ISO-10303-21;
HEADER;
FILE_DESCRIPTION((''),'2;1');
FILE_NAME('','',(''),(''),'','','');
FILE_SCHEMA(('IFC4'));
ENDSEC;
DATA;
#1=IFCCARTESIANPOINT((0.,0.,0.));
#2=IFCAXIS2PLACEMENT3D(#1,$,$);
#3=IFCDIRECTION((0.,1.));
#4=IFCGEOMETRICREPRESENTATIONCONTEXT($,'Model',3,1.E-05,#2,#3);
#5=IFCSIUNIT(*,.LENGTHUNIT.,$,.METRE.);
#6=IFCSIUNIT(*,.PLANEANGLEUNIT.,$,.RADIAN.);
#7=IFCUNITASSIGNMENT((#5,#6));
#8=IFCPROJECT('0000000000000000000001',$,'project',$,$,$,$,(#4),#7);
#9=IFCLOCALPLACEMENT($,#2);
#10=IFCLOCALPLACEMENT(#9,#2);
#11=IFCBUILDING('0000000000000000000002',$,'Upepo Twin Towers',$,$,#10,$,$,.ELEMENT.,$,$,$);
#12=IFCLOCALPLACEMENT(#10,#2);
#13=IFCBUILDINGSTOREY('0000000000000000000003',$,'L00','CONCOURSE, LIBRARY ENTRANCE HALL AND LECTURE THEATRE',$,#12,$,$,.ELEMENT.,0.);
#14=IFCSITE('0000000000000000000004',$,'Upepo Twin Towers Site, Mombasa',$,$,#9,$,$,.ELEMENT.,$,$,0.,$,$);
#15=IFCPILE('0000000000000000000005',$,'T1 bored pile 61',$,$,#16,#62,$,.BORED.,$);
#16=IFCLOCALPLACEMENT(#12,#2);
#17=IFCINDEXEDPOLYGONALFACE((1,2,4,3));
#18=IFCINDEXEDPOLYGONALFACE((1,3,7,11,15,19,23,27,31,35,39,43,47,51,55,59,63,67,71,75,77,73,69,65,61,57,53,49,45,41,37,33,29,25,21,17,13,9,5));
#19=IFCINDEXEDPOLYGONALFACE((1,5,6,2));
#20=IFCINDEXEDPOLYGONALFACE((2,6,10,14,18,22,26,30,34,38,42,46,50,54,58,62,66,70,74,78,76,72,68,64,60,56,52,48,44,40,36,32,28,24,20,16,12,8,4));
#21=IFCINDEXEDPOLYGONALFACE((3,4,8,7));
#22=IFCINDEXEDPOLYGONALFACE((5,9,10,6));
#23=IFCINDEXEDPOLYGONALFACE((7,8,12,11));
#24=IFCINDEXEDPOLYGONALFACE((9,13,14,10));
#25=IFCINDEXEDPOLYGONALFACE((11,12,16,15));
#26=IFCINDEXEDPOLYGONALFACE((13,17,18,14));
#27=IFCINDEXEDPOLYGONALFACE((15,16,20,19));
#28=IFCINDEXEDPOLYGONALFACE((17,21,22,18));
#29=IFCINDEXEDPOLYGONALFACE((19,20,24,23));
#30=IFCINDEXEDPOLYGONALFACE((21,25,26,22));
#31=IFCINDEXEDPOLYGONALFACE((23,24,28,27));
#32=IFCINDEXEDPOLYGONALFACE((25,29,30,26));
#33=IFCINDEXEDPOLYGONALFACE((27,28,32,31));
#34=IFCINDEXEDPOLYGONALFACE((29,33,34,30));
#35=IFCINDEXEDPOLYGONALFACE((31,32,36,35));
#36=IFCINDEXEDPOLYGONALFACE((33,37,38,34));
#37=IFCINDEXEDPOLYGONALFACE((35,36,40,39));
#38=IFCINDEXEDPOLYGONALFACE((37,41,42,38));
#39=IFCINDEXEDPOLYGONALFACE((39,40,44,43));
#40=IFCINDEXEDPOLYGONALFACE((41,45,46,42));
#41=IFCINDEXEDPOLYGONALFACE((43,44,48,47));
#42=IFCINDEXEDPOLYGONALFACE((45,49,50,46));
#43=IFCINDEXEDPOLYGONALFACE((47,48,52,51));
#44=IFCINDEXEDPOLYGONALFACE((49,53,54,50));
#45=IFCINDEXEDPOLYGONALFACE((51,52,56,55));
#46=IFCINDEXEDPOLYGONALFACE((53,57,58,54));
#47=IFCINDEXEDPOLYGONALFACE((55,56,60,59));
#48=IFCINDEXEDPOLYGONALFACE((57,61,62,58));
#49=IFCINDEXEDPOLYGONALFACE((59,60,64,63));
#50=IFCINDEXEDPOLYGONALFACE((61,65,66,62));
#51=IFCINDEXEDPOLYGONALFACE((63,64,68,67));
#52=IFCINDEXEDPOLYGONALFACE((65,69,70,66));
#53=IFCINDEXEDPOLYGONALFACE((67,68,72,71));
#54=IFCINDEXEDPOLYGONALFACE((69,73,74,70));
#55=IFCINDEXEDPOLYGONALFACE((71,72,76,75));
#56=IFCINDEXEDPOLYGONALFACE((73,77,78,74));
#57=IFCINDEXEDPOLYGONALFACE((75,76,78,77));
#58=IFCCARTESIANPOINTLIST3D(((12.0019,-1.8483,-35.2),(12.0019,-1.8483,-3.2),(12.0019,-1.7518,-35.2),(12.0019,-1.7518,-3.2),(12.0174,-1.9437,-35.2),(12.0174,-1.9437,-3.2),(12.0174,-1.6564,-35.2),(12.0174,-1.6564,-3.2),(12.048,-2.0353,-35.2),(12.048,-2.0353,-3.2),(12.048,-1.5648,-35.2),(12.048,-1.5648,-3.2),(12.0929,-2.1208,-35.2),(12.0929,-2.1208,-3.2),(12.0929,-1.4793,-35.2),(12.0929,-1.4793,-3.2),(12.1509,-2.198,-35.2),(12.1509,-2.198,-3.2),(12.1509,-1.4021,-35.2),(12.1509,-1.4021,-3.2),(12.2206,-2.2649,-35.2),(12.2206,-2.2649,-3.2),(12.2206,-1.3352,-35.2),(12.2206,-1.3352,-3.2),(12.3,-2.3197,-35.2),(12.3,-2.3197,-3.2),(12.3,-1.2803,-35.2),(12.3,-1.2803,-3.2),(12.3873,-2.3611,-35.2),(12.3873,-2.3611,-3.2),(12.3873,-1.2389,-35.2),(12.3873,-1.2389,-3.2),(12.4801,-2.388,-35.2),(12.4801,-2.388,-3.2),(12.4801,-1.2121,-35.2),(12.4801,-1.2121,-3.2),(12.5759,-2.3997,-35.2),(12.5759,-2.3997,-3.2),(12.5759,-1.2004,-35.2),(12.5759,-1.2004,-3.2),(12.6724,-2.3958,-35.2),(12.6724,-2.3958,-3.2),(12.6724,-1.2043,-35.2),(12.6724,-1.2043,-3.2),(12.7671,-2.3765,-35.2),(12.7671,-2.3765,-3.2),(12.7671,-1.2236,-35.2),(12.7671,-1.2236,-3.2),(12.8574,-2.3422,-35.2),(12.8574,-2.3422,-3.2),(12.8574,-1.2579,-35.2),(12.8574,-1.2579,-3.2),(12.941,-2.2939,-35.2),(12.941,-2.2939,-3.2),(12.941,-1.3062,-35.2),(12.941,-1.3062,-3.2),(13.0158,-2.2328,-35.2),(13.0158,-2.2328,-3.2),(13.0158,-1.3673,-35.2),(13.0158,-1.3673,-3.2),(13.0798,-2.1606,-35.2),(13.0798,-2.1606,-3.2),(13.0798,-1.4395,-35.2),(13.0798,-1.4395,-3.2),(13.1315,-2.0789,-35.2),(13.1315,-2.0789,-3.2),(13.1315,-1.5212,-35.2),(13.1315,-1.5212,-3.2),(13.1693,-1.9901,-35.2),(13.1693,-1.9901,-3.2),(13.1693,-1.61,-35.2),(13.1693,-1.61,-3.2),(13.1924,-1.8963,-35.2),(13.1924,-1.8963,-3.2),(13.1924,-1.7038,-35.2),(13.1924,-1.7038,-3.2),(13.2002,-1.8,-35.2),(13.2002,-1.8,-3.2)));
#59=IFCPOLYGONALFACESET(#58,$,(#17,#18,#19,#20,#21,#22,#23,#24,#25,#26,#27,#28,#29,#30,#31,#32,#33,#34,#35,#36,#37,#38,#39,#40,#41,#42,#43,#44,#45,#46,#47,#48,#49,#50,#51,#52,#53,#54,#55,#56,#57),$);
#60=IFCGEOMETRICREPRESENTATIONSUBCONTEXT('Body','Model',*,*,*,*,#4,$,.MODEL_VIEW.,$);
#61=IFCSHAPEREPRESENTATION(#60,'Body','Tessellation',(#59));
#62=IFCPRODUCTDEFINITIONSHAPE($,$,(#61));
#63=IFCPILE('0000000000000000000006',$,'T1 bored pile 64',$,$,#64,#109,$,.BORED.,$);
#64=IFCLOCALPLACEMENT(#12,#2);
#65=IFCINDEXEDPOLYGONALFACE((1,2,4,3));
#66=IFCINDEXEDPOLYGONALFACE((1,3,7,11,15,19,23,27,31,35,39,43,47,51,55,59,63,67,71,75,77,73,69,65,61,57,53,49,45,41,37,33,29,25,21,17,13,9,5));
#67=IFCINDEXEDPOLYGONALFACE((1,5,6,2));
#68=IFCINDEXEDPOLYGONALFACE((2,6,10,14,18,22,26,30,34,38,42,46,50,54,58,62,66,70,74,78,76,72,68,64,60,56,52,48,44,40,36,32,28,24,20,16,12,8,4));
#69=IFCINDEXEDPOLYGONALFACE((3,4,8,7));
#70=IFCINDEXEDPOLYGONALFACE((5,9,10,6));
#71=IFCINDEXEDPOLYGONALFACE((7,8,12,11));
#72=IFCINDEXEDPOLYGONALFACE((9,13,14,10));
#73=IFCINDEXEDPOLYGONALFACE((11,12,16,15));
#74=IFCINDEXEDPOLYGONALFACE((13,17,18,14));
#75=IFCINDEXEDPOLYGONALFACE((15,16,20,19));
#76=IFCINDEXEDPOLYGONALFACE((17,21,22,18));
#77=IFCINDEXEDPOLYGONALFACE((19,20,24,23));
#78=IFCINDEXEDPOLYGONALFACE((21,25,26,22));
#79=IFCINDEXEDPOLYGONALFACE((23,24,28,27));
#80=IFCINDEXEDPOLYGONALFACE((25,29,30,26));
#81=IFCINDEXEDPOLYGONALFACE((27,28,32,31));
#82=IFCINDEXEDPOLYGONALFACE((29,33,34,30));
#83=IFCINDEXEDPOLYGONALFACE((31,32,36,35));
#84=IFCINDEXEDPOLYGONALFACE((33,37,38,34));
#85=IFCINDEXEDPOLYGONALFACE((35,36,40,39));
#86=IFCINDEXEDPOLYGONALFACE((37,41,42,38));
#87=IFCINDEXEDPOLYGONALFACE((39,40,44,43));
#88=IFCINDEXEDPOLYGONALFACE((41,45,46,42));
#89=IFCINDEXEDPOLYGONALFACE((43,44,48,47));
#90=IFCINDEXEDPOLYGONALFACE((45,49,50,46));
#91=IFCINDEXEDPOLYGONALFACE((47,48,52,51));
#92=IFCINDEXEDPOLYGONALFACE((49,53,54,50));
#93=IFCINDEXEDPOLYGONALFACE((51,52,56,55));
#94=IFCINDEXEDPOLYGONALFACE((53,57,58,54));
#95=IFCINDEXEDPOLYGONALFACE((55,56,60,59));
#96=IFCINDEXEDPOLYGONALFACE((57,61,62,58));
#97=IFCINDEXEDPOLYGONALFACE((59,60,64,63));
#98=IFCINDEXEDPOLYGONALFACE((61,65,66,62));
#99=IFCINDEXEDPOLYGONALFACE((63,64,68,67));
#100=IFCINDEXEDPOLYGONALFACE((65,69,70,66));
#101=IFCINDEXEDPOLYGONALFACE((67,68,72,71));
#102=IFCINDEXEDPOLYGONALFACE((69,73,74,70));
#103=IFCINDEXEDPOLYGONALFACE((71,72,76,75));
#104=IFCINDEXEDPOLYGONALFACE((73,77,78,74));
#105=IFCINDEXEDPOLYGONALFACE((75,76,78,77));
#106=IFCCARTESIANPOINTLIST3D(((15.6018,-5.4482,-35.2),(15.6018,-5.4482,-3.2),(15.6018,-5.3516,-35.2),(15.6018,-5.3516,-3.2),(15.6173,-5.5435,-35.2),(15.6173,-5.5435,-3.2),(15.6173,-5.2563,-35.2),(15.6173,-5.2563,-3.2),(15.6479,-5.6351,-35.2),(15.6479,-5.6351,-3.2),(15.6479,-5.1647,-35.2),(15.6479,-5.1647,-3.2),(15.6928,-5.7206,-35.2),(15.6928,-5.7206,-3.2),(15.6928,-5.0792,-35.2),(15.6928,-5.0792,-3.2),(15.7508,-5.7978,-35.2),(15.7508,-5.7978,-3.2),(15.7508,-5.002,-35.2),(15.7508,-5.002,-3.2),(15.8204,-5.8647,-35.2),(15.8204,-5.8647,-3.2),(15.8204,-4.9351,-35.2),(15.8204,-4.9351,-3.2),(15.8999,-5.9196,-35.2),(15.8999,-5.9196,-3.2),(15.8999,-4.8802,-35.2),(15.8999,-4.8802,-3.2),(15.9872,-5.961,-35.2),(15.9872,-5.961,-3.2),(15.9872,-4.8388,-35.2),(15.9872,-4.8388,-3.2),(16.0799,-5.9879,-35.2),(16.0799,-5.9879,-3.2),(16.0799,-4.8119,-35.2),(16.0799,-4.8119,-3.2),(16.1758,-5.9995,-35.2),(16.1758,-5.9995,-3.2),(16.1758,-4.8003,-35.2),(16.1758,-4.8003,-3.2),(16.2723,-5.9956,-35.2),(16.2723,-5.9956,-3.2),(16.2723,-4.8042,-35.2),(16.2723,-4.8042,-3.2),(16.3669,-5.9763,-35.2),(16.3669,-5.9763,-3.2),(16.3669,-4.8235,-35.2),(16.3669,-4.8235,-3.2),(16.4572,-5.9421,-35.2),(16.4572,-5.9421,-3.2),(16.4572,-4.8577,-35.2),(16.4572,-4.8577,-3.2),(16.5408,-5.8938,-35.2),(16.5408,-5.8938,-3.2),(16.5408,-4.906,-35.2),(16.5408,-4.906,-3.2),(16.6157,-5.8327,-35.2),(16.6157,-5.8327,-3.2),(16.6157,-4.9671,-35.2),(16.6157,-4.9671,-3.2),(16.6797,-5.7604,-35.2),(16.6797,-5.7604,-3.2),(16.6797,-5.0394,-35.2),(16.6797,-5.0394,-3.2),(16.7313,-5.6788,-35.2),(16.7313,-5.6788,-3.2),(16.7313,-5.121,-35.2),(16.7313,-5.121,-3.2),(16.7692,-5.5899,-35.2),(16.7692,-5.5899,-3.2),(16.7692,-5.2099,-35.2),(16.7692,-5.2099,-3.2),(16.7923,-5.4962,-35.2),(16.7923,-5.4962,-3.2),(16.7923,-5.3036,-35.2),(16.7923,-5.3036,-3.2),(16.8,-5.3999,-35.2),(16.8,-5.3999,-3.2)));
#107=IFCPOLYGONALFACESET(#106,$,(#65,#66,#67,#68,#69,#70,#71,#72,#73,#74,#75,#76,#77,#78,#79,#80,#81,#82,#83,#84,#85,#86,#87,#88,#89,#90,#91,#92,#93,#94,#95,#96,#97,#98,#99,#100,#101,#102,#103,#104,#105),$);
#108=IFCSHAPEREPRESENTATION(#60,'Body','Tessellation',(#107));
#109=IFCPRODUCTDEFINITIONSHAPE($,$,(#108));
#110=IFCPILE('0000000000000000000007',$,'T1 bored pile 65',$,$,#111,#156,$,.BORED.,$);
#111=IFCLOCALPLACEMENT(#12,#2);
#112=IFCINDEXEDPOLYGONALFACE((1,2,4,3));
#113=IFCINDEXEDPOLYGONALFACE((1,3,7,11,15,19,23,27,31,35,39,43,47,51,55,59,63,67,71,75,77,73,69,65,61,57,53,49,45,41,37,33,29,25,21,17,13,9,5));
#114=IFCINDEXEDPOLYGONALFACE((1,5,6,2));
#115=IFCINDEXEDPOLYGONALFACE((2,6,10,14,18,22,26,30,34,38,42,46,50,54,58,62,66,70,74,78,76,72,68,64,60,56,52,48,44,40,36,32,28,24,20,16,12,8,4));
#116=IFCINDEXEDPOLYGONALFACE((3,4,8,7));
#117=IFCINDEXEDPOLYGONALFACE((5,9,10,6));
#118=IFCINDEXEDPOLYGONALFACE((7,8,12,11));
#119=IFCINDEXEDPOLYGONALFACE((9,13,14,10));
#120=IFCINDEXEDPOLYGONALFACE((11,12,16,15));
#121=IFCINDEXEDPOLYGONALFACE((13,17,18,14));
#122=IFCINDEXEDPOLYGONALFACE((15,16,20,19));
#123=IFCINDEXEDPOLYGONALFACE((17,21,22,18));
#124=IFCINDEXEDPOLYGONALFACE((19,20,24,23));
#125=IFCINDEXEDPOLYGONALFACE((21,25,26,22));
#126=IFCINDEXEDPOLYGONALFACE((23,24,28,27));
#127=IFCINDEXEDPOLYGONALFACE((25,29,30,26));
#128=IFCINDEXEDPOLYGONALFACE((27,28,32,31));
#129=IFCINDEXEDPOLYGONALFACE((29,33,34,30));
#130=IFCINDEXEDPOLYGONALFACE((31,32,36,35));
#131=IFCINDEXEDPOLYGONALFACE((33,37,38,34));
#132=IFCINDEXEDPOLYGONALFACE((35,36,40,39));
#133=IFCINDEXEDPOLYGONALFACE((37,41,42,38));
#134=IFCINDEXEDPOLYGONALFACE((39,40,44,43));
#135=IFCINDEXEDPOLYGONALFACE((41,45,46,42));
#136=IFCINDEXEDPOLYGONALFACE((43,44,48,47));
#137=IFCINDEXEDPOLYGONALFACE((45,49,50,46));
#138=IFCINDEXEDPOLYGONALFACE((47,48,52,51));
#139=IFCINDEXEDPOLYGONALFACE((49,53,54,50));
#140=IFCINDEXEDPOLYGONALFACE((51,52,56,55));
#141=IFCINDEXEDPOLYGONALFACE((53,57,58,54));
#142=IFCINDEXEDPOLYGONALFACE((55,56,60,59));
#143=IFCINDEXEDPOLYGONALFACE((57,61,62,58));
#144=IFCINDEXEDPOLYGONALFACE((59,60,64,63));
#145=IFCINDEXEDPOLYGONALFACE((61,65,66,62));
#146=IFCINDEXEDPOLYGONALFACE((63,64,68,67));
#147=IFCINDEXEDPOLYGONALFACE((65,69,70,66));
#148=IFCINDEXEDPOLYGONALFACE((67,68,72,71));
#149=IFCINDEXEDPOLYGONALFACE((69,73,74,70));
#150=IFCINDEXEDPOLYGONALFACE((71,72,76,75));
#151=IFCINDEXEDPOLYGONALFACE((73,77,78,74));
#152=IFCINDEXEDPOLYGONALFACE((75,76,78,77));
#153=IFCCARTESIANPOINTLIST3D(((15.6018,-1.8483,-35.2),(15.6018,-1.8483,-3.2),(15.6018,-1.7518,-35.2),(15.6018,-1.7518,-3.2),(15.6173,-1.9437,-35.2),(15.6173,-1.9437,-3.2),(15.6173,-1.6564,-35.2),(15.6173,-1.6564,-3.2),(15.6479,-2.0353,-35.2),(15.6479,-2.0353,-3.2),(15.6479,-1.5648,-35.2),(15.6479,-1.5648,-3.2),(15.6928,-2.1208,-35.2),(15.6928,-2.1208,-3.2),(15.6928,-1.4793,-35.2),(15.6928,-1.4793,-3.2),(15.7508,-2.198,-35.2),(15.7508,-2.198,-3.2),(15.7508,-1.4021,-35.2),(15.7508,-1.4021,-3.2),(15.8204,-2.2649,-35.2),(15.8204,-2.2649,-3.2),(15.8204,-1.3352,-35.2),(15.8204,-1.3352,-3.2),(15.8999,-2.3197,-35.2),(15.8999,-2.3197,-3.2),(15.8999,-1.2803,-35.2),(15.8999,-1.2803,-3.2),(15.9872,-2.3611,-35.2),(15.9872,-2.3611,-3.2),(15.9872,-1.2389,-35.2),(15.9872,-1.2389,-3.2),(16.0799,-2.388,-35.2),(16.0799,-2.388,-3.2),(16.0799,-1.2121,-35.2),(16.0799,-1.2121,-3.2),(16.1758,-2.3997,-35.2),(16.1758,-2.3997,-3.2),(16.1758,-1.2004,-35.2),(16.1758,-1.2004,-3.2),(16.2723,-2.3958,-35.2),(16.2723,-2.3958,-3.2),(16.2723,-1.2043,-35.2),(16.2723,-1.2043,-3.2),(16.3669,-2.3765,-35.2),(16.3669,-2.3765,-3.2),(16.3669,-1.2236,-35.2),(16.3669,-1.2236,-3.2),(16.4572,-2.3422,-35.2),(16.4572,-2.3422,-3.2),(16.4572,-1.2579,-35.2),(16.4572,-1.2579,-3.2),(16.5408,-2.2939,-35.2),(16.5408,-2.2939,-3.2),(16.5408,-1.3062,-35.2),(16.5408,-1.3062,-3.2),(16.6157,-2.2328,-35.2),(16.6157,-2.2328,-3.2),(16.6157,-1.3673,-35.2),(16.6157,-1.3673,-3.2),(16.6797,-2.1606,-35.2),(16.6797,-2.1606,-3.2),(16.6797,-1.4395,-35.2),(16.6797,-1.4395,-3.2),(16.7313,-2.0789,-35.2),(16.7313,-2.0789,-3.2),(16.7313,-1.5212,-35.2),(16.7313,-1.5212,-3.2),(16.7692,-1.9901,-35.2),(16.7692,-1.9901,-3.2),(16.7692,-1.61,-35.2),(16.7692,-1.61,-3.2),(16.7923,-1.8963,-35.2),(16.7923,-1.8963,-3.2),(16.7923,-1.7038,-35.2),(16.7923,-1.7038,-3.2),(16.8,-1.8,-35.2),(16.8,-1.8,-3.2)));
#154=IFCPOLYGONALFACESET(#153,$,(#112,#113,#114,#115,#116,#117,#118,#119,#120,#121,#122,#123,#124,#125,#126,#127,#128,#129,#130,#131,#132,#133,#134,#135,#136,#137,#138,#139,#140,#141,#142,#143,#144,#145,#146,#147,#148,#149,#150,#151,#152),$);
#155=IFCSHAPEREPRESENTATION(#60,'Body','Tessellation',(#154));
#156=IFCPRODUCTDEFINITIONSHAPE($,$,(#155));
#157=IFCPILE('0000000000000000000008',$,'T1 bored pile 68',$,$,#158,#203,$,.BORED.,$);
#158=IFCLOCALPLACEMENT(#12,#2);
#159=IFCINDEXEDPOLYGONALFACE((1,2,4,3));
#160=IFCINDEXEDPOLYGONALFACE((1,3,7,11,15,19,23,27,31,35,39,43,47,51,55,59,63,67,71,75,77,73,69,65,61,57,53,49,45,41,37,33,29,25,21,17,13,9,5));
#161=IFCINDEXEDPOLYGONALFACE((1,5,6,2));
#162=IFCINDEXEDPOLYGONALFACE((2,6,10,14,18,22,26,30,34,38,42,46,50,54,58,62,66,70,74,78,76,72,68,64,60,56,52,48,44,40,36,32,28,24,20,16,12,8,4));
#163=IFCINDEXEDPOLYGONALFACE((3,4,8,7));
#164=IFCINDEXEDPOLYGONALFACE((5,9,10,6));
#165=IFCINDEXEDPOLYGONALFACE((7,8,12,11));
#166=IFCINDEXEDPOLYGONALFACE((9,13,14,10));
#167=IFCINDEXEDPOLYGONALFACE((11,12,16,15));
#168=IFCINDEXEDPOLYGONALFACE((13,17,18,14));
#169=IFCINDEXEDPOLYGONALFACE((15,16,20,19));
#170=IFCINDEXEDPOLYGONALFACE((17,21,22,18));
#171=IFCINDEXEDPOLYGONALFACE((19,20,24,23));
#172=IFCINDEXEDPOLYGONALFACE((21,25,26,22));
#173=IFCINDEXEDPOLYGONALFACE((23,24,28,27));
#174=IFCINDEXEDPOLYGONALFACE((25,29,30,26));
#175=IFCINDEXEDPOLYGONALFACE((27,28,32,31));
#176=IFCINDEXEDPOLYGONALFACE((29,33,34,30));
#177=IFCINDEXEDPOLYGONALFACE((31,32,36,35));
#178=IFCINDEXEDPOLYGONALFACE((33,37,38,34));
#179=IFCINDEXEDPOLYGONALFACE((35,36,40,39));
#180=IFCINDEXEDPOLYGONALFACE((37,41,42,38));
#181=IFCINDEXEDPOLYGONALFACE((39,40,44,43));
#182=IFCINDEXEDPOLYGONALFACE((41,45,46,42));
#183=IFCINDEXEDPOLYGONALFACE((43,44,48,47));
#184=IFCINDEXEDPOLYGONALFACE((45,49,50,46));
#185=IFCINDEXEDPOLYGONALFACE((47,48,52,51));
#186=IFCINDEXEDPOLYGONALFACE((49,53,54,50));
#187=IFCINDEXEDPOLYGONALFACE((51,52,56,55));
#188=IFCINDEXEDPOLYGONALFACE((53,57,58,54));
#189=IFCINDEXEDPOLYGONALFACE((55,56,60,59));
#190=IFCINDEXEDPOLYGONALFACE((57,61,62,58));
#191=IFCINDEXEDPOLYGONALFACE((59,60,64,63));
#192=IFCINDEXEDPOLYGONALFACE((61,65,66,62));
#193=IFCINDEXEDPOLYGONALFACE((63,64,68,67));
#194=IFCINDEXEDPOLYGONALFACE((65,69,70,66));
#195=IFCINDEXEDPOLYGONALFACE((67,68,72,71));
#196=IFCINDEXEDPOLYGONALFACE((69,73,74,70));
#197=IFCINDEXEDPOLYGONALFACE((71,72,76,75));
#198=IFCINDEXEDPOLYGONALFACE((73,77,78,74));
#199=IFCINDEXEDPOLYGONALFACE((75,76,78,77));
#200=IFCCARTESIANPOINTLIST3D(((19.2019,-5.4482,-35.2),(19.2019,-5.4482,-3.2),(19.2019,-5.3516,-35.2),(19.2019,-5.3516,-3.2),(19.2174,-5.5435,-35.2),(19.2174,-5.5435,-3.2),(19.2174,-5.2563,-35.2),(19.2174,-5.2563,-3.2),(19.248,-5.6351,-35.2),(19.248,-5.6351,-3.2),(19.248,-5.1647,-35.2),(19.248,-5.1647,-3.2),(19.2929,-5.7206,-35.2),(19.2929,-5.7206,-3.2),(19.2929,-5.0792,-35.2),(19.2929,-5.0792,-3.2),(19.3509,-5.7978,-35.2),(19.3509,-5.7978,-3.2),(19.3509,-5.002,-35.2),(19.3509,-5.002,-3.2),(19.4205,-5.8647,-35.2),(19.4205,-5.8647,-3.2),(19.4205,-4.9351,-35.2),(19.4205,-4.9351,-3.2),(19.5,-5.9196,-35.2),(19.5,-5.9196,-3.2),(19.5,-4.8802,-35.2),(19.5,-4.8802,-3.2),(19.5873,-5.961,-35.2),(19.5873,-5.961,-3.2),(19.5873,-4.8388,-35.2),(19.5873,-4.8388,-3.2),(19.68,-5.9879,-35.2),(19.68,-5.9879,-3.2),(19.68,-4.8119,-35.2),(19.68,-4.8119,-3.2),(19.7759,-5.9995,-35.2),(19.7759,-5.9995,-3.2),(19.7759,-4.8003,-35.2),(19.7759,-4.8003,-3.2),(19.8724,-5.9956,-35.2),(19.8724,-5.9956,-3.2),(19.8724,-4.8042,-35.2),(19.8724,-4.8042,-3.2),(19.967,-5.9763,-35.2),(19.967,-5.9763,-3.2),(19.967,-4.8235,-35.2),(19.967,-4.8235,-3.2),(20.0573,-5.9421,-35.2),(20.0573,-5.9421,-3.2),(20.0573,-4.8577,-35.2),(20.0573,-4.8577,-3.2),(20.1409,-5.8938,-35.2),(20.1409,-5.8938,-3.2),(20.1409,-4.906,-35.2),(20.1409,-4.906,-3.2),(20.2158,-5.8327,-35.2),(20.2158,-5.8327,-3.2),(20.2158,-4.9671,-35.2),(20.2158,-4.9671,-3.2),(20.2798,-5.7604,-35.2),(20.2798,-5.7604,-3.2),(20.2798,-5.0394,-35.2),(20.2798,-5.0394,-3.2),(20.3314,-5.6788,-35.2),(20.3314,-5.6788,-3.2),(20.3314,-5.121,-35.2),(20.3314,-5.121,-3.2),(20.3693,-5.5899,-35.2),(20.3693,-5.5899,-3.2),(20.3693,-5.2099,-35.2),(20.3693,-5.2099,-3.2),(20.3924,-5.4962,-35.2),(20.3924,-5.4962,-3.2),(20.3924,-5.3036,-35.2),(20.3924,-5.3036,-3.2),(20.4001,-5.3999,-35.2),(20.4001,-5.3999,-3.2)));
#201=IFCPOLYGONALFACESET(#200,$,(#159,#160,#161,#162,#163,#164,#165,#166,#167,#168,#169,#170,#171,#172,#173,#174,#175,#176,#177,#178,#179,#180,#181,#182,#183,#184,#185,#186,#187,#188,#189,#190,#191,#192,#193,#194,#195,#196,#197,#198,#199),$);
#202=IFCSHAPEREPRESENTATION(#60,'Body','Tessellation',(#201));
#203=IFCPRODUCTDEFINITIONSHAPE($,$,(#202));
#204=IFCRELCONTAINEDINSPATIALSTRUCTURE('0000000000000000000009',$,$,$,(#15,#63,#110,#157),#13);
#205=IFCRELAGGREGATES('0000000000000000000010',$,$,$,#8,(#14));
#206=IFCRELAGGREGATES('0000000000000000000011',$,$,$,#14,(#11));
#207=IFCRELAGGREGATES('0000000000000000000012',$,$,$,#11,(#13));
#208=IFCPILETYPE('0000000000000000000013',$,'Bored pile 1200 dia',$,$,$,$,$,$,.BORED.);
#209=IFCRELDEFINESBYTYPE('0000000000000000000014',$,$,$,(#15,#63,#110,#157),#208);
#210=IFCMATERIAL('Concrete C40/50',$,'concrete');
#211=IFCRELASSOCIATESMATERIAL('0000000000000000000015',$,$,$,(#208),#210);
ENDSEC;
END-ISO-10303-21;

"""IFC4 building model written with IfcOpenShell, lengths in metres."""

from ifc_helpers import new_model, si_unit, direction, frame, origin, origin_2d, place, context, subcontext, project, spatial, circle, extrude, material, type_object, element, save


model = new_model("IFC4")

# Units and contexts
model_context = context("Model", 3, precision=1e-05, world=origin(), true_north=direction((0.0, 1.0)))
body_context = subcontext(model_context, "Body", "Model", "MODEL_VIEW")
ifc_project = project(units=[si_unit("LENGTHUNIT", "METRE"), si_unit("PLANEANGLEUNIT", "RADIAN")], contexts=[model_context])

# Site, building, storey
site_placement = place(None, origin())
site = spatial("IfcSite", under=ifc_project, at=site_placement, Name="Upepo Twin Towers Site, Mombasa", CompositionType="ELEMENT", RefElevation=0.0)
building_placement = place(site_placement, origin())
building = spatial("IfcBuilding", under=site, at=building_placement, Name="Upepo Twin Towers", CompositionType="ELEMENT")
storey_placement = place(building_placement, origin())
storey = spatial("IfcBuildingStorey", under=building, at=storey_placement, Name="L00", Description="CONCOURSE, LIBRARY ENTRANCE HALL AND LECTURE THEATRE", CompositionType="ELEMENT", Elevation=0.0)

# Piles
ifc_material_1 = material(Name="Concrete C40/50", Category="concrete")
pile_type = type_object("IfcPileType", Name="Bored pile 1200 dia", PredefinedType="BORED", material=ifc_material_1)
for number, where, z_axis, x_axis, name in (
    (1, (12.6001, -1.8, -3.2), (0.0, 0.0, -1.0), (1.0, 0.0, 0.0), "T1 bored pile 61"),
    (2, (16.2, -5.3999, -3.2), (0.0, 0.0, -1.0), (1.0, 0.0, 0.0), "T1 bored pile 64"),
    (3, (16.2, -1.8, -3.2), (0.0, 0.0, -1.0), (1.0, 0.0, 0.0), "T1 bored pile 65"),
    (4, (19.8, -5.3999, -3.2), (0.0, 0.0, -1.0), (1.0, 0.0, 0.0), "T1 bored pile 68"),
):
    element("IfcPile", number, at=place(storey_placement, frame(where, z_axis=z_axis, x_axis=x_axis)), inside=storey, type_object=pile_type, Name=name, PredefinedType="BORED", context=body_context, shape_type="SweptSolid", body=[
        extrude(circle(Radius=0.6001, at=origin_2d()), origin(), (0.0, 0.0, 1.0), 32.0),
    ])

save(model, "model.ifc")
